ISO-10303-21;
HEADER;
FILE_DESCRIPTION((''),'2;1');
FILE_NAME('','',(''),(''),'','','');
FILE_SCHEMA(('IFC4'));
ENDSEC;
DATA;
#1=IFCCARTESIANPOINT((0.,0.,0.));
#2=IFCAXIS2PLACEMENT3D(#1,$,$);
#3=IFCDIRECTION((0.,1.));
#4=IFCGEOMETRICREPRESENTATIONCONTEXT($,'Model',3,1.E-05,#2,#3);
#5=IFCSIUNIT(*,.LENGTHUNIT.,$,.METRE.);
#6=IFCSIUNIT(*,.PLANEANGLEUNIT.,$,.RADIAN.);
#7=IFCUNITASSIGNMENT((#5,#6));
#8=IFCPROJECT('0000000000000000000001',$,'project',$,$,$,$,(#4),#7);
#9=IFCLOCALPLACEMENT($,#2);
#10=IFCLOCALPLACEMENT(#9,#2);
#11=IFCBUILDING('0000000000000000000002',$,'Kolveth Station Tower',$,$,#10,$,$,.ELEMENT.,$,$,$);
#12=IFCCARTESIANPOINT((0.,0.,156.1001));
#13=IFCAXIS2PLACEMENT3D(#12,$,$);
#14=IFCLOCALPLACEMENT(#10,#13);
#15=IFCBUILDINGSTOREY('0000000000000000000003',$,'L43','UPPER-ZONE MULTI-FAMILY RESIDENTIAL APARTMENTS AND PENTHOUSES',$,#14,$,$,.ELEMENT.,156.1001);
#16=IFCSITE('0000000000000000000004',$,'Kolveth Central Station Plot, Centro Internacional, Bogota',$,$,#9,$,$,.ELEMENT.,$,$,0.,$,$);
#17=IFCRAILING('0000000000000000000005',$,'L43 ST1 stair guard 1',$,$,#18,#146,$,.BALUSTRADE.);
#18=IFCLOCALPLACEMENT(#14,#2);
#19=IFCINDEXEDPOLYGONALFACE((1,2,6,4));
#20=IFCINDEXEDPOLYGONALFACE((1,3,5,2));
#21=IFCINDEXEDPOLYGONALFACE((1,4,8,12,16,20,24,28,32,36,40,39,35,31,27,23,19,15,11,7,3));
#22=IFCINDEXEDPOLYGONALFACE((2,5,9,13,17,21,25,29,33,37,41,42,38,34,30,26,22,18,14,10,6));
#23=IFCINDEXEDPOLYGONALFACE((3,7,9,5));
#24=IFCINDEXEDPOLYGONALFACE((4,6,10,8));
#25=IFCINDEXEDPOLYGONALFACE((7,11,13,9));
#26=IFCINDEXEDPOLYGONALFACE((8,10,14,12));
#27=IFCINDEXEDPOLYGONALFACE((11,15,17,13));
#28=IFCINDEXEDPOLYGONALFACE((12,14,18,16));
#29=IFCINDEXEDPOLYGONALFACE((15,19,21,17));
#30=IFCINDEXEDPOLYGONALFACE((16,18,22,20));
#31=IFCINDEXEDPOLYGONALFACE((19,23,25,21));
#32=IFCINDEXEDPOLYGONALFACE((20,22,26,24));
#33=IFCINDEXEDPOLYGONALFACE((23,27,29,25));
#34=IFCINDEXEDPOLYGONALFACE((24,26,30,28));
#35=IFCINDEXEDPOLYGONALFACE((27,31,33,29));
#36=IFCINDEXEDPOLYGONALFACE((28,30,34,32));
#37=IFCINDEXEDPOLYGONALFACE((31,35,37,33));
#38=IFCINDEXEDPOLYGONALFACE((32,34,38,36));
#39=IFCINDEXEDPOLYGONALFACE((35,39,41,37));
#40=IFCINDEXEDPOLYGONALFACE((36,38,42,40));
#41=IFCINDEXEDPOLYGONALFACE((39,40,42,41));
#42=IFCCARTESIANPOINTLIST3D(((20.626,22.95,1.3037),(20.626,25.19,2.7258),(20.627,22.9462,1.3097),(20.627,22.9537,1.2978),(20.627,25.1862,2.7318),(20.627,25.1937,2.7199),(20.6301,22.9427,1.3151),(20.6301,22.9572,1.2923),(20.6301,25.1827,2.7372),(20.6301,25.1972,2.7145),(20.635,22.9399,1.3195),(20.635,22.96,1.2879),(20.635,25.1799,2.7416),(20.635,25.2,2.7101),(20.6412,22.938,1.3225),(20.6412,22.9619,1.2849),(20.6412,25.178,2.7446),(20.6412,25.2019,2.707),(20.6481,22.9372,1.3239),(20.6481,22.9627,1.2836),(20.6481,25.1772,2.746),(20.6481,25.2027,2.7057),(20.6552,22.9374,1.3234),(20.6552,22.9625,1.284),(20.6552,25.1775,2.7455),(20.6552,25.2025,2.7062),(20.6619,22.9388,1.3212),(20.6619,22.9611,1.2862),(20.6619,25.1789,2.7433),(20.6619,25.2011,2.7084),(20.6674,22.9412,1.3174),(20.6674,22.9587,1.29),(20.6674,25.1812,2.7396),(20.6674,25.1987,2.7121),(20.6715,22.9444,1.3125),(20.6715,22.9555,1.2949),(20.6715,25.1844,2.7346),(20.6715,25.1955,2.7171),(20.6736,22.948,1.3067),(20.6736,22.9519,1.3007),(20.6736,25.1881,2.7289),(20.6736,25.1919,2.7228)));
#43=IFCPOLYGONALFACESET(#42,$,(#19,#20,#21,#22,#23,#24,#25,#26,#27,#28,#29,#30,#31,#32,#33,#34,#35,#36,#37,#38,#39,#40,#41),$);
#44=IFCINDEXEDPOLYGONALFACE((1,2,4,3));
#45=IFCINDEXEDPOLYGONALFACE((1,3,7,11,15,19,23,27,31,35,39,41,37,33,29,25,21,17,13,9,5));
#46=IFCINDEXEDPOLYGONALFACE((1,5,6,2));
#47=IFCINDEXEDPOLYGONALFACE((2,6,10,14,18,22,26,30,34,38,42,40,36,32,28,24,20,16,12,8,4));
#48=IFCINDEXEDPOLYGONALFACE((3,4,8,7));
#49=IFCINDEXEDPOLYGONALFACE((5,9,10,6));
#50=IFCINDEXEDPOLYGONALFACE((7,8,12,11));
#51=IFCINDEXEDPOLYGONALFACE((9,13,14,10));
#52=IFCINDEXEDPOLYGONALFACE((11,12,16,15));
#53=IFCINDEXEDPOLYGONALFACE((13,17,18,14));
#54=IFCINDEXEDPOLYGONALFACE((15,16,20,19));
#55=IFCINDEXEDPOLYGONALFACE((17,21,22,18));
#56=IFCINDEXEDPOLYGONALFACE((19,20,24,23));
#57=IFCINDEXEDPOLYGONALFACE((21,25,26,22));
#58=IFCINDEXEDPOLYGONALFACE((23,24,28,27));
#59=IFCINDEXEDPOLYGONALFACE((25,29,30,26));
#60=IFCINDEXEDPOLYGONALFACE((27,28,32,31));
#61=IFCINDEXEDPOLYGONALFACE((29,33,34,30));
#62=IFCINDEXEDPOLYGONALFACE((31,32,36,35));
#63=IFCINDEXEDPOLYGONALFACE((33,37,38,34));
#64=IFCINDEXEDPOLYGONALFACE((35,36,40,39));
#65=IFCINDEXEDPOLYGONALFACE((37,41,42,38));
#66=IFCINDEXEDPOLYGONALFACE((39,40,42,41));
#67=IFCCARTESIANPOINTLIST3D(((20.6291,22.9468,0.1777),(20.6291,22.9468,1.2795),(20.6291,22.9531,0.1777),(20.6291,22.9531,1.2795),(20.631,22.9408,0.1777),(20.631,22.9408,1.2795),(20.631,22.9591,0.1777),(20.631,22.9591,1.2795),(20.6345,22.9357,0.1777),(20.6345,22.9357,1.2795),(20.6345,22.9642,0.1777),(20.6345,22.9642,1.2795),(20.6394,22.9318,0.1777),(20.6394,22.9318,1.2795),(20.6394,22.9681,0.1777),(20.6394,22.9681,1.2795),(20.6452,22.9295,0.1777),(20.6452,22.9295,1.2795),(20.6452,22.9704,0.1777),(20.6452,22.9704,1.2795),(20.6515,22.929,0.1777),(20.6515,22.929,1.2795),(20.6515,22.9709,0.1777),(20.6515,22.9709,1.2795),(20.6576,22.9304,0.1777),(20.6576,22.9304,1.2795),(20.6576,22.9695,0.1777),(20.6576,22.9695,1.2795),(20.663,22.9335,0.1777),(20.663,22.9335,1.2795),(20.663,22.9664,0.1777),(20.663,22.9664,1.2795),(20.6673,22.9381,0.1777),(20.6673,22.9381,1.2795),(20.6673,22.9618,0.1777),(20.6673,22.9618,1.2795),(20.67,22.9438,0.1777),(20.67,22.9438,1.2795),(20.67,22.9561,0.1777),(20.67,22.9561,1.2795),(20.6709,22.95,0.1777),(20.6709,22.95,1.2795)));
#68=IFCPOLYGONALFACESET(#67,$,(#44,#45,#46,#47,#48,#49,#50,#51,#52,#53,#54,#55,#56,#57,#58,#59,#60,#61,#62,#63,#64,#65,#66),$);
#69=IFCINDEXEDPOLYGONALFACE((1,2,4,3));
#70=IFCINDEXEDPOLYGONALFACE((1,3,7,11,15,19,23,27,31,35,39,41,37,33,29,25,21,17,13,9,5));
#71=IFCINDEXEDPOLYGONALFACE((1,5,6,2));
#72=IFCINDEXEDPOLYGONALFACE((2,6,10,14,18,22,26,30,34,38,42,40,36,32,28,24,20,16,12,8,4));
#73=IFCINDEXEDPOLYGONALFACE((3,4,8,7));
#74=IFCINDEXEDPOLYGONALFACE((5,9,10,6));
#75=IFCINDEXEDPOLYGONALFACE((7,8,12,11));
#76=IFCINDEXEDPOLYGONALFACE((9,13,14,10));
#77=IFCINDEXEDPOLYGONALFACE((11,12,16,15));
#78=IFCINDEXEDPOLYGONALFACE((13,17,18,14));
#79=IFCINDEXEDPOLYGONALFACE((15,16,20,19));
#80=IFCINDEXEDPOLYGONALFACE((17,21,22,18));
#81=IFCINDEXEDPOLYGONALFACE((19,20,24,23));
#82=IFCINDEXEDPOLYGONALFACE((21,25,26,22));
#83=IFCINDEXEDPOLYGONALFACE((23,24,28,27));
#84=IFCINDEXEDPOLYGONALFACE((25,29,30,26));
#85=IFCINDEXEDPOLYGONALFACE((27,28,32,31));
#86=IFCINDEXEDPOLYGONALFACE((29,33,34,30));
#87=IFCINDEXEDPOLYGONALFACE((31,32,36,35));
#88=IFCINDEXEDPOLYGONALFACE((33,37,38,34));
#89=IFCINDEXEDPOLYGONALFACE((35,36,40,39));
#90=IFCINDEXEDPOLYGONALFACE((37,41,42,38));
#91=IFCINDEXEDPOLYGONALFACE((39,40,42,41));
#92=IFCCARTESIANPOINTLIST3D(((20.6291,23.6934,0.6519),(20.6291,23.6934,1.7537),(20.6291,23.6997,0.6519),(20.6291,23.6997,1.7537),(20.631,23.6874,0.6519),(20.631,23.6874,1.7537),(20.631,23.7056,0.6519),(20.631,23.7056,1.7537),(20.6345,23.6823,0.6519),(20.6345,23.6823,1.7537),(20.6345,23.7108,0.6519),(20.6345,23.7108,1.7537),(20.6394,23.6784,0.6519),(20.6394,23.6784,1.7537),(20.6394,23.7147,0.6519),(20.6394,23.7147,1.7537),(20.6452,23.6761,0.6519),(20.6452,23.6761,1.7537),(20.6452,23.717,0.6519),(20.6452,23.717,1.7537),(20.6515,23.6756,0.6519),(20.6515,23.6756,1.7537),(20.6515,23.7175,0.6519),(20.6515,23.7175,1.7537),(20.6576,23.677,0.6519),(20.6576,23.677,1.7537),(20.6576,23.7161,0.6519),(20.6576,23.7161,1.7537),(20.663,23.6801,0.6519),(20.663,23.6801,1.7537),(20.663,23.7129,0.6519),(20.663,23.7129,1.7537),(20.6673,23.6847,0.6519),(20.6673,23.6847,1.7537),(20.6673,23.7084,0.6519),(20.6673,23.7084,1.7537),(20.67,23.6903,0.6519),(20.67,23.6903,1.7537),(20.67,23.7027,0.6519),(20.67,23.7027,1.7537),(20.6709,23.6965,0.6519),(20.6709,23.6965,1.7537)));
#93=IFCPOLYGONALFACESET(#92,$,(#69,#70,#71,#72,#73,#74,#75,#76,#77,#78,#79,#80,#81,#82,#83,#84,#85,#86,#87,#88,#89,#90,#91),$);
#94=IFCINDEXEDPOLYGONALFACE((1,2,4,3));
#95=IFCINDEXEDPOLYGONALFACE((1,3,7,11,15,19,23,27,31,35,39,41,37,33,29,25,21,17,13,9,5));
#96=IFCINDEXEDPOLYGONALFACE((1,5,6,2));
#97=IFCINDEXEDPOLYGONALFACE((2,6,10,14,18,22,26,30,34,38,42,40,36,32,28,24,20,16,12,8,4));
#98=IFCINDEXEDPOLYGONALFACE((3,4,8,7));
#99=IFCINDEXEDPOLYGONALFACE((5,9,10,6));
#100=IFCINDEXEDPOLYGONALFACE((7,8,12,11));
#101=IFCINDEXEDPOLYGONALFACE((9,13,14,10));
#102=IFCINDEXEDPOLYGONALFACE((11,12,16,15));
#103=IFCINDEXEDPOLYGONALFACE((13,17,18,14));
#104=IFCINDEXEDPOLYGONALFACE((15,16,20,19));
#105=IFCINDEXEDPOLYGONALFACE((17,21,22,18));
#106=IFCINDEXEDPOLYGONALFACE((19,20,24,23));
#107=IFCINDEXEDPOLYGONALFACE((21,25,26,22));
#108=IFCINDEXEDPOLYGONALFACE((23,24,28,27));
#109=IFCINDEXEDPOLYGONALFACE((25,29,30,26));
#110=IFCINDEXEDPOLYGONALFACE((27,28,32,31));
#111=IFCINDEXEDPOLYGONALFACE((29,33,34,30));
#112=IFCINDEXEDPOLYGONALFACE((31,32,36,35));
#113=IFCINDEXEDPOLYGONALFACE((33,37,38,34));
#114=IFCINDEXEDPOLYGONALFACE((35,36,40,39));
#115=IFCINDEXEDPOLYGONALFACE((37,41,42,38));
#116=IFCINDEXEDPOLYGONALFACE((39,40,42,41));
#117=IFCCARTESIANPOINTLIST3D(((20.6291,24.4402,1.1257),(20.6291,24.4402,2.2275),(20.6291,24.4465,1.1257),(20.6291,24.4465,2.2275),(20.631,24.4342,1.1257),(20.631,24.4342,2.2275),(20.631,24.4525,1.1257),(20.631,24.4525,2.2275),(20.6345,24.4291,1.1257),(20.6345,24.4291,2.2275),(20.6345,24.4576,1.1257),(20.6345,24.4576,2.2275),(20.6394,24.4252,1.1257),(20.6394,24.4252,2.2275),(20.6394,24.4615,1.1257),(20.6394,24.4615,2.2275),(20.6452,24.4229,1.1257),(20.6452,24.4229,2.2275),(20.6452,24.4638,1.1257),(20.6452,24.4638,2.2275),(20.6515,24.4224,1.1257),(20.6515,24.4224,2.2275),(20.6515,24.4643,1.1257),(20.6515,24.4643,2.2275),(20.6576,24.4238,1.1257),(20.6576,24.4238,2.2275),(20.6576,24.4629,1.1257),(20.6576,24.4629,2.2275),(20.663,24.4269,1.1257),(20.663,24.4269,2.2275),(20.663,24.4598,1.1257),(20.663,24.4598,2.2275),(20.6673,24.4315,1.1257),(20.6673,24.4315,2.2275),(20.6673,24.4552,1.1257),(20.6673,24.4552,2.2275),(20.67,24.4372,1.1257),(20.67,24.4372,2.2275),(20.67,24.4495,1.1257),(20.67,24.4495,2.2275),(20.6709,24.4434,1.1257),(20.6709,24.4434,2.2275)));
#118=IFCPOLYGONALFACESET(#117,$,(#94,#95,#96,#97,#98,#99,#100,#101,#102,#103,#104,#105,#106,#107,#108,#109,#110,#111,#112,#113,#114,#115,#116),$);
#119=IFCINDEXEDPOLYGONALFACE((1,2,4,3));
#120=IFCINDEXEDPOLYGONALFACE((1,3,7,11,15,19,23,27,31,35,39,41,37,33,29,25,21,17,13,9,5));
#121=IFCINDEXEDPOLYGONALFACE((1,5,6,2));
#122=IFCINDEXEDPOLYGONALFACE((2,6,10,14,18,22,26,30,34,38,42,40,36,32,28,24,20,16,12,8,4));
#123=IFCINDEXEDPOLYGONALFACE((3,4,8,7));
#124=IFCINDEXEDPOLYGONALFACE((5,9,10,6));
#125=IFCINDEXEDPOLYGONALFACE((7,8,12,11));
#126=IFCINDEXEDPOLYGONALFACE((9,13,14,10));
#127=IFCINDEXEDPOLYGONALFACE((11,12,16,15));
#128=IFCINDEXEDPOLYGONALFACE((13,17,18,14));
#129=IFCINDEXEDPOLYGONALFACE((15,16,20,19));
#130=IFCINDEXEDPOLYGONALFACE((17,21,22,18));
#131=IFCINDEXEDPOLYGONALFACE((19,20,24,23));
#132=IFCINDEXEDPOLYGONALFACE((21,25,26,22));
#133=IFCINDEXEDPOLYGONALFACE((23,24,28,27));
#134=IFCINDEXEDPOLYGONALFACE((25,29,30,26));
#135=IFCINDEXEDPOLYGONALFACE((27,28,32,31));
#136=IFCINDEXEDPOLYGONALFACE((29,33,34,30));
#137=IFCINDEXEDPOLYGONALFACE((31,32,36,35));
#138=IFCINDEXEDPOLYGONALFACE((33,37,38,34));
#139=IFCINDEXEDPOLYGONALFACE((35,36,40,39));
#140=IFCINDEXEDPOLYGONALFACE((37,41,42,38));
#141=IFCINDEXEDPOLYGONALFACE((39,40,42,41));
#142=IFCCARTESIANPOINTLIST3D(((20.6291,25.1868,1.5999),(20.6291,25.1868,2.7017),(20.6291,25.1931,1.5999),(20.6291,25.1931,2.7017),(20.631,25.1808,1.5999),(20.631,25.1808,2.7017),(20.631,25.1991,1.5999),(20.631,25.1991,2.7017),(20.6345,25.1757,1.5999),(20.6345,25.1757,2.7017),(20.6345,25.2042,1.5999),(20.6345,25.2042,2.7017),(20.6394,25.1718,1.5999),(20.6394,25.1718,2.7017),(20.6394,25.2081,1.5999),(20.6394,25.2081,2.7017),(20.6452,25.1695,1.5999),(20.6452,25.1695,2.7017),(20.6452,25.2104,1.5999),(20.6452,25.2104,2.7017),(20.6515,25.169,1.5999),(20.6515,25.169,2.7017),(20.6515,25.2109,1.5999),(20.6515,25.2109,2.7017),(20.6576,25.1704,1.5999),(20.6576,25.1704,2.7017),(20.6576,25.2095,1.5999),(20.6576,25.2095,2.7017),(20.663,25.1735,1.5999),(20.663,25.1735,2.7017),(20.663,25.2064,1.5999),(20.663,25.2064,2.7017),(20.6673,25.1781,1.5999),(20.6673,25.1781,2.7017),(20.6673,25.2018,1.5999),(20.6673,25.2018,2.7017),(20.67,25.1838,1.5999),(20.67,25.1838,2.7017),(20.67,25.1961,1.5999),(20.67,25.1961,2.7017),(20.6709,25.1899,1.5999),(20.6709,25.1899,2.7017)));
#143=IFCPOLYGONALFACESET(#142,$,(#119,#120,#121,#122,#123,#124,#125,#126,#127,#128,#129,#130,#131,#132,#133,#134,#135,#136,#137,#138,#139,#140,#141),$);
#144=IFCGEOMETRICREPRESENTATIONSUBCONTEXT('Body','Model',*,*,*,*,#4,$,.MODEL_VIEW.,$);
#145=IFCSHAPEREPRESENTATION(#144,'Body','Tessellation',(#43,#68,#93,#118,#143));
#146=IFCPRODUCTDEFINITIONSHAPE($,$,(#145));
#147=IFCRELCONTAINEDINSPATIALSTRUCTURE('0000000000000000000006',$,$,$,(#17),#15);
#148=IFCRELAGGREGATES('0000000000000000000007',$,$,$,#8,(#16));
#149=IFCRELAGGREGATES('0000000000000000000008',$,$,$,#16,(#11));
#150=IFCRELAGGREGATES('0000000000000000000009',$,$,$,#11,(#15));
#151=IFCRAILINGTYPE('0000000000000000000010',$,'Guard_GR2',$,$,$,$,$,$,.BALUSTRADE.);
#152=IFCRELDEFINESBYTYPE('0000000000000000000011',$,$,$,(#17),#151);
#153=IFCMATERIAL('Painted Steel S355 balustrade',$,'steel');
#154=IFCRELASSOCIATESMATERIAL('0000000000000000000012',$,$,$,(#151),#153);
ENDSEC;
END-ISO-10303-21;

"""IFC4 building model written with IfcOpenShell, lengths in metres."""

from ifc_helpers import new_model, si_unit, direction, frame, origin, origin_2d, place, context, subcontext, project, spatial, circle, extrude, material, type_object, element, save


model = new_model("IFC4")

# Units and contexts
model_context = context("Model", 3, precision=1e-05, world=origin(), true_north=direction((0.0, 1.0)))
body_context = subcontext(model_context, "Body", "Model", "MODEL_VIEW")
ifc_project = project(units=[si_unit("LENGTHUNIT", "METRE"), si_unit("PLANEANGLEUNIT", "RADIAN")], contexts=[model_context])

# Site, building, storey
site_placement = place(None, origin())
site = spatial("IfcSite", under=ifc_project, at=site_placement, Name="Kolveth Central Station Plot, Centro Internacional, Bogota", CompositionType="ELEMENT", RefElevation=0.0)
building_placement = place(site_placement, origin())
building = spatial("IfcBuilding", under=site, at=building_placement, Name="Kolveth Station Tower", CompositionType="ELEMENT")
storey_placement = place(building_placement, frame((0.0, 0.0, 156.1001)))
storey = spatial("IfcBuildingStorey", under=building, at=storey_placement, Name="L43", Description="UPPER-ZONE MULTI-FAMILY RESIDENTIAL APARTMENTS AND PENTHOUSES", CompositionType="ELEMENT", Elevation=156.1001)

# Railing
ifc_material_1 = material(Name="Painted Steel S355 balustrade", Category="steel")
railing_type_1 = type_object("IfcRailingType", Name="Guard_GR2", PredefinedType="BALUSTRADE", material=ifc_material_1)
railing_1_placement = place(storey_placement, frame((20.6499, 22.95, 0.1777)))
element("IfcRailing", 1, at=railing_1_placement, inside=storey, type_object=railing_type_1, Name="L43 ST1 stair guard 1", PredefinedType="BALUSTRADE", context=body_context, shape_type="SweptSolid", body=[
    extrude(circle(Radius=0.0239, at=origin_2d()), frame((0.0, 0.0, 1.126), z_axis=(0.0, 0.844229, 0.535982), x_axis=(-1.0, 0.0, 0.0)), (0.0, 0.0, 1.0), 2.6533),
    extrude(circle(Radius=0.021, at=origin_2d()), origin(), (0.0, 0.0, 1.0), 1.1018),
    extrude(circle(Radius=0.021, at=origin_2d()), frame((0.0, 0.7466, 0.4741)), (0.0, 0.0, 1.0), 1.1018),
    extrude(circle(Radius=0.021, at=origin_2d()), frame((0.0, 1.4934, 0.948)), (0.0, 0.0, 1.0), 1.1018),
    extrude(circle(Radius=0.021, at=origin_2d()), frame((0.0, 2.24, 1.4221)), (0.0, 0.0, 1.0), 1.1018),
])

save(model, "model.ifc")
